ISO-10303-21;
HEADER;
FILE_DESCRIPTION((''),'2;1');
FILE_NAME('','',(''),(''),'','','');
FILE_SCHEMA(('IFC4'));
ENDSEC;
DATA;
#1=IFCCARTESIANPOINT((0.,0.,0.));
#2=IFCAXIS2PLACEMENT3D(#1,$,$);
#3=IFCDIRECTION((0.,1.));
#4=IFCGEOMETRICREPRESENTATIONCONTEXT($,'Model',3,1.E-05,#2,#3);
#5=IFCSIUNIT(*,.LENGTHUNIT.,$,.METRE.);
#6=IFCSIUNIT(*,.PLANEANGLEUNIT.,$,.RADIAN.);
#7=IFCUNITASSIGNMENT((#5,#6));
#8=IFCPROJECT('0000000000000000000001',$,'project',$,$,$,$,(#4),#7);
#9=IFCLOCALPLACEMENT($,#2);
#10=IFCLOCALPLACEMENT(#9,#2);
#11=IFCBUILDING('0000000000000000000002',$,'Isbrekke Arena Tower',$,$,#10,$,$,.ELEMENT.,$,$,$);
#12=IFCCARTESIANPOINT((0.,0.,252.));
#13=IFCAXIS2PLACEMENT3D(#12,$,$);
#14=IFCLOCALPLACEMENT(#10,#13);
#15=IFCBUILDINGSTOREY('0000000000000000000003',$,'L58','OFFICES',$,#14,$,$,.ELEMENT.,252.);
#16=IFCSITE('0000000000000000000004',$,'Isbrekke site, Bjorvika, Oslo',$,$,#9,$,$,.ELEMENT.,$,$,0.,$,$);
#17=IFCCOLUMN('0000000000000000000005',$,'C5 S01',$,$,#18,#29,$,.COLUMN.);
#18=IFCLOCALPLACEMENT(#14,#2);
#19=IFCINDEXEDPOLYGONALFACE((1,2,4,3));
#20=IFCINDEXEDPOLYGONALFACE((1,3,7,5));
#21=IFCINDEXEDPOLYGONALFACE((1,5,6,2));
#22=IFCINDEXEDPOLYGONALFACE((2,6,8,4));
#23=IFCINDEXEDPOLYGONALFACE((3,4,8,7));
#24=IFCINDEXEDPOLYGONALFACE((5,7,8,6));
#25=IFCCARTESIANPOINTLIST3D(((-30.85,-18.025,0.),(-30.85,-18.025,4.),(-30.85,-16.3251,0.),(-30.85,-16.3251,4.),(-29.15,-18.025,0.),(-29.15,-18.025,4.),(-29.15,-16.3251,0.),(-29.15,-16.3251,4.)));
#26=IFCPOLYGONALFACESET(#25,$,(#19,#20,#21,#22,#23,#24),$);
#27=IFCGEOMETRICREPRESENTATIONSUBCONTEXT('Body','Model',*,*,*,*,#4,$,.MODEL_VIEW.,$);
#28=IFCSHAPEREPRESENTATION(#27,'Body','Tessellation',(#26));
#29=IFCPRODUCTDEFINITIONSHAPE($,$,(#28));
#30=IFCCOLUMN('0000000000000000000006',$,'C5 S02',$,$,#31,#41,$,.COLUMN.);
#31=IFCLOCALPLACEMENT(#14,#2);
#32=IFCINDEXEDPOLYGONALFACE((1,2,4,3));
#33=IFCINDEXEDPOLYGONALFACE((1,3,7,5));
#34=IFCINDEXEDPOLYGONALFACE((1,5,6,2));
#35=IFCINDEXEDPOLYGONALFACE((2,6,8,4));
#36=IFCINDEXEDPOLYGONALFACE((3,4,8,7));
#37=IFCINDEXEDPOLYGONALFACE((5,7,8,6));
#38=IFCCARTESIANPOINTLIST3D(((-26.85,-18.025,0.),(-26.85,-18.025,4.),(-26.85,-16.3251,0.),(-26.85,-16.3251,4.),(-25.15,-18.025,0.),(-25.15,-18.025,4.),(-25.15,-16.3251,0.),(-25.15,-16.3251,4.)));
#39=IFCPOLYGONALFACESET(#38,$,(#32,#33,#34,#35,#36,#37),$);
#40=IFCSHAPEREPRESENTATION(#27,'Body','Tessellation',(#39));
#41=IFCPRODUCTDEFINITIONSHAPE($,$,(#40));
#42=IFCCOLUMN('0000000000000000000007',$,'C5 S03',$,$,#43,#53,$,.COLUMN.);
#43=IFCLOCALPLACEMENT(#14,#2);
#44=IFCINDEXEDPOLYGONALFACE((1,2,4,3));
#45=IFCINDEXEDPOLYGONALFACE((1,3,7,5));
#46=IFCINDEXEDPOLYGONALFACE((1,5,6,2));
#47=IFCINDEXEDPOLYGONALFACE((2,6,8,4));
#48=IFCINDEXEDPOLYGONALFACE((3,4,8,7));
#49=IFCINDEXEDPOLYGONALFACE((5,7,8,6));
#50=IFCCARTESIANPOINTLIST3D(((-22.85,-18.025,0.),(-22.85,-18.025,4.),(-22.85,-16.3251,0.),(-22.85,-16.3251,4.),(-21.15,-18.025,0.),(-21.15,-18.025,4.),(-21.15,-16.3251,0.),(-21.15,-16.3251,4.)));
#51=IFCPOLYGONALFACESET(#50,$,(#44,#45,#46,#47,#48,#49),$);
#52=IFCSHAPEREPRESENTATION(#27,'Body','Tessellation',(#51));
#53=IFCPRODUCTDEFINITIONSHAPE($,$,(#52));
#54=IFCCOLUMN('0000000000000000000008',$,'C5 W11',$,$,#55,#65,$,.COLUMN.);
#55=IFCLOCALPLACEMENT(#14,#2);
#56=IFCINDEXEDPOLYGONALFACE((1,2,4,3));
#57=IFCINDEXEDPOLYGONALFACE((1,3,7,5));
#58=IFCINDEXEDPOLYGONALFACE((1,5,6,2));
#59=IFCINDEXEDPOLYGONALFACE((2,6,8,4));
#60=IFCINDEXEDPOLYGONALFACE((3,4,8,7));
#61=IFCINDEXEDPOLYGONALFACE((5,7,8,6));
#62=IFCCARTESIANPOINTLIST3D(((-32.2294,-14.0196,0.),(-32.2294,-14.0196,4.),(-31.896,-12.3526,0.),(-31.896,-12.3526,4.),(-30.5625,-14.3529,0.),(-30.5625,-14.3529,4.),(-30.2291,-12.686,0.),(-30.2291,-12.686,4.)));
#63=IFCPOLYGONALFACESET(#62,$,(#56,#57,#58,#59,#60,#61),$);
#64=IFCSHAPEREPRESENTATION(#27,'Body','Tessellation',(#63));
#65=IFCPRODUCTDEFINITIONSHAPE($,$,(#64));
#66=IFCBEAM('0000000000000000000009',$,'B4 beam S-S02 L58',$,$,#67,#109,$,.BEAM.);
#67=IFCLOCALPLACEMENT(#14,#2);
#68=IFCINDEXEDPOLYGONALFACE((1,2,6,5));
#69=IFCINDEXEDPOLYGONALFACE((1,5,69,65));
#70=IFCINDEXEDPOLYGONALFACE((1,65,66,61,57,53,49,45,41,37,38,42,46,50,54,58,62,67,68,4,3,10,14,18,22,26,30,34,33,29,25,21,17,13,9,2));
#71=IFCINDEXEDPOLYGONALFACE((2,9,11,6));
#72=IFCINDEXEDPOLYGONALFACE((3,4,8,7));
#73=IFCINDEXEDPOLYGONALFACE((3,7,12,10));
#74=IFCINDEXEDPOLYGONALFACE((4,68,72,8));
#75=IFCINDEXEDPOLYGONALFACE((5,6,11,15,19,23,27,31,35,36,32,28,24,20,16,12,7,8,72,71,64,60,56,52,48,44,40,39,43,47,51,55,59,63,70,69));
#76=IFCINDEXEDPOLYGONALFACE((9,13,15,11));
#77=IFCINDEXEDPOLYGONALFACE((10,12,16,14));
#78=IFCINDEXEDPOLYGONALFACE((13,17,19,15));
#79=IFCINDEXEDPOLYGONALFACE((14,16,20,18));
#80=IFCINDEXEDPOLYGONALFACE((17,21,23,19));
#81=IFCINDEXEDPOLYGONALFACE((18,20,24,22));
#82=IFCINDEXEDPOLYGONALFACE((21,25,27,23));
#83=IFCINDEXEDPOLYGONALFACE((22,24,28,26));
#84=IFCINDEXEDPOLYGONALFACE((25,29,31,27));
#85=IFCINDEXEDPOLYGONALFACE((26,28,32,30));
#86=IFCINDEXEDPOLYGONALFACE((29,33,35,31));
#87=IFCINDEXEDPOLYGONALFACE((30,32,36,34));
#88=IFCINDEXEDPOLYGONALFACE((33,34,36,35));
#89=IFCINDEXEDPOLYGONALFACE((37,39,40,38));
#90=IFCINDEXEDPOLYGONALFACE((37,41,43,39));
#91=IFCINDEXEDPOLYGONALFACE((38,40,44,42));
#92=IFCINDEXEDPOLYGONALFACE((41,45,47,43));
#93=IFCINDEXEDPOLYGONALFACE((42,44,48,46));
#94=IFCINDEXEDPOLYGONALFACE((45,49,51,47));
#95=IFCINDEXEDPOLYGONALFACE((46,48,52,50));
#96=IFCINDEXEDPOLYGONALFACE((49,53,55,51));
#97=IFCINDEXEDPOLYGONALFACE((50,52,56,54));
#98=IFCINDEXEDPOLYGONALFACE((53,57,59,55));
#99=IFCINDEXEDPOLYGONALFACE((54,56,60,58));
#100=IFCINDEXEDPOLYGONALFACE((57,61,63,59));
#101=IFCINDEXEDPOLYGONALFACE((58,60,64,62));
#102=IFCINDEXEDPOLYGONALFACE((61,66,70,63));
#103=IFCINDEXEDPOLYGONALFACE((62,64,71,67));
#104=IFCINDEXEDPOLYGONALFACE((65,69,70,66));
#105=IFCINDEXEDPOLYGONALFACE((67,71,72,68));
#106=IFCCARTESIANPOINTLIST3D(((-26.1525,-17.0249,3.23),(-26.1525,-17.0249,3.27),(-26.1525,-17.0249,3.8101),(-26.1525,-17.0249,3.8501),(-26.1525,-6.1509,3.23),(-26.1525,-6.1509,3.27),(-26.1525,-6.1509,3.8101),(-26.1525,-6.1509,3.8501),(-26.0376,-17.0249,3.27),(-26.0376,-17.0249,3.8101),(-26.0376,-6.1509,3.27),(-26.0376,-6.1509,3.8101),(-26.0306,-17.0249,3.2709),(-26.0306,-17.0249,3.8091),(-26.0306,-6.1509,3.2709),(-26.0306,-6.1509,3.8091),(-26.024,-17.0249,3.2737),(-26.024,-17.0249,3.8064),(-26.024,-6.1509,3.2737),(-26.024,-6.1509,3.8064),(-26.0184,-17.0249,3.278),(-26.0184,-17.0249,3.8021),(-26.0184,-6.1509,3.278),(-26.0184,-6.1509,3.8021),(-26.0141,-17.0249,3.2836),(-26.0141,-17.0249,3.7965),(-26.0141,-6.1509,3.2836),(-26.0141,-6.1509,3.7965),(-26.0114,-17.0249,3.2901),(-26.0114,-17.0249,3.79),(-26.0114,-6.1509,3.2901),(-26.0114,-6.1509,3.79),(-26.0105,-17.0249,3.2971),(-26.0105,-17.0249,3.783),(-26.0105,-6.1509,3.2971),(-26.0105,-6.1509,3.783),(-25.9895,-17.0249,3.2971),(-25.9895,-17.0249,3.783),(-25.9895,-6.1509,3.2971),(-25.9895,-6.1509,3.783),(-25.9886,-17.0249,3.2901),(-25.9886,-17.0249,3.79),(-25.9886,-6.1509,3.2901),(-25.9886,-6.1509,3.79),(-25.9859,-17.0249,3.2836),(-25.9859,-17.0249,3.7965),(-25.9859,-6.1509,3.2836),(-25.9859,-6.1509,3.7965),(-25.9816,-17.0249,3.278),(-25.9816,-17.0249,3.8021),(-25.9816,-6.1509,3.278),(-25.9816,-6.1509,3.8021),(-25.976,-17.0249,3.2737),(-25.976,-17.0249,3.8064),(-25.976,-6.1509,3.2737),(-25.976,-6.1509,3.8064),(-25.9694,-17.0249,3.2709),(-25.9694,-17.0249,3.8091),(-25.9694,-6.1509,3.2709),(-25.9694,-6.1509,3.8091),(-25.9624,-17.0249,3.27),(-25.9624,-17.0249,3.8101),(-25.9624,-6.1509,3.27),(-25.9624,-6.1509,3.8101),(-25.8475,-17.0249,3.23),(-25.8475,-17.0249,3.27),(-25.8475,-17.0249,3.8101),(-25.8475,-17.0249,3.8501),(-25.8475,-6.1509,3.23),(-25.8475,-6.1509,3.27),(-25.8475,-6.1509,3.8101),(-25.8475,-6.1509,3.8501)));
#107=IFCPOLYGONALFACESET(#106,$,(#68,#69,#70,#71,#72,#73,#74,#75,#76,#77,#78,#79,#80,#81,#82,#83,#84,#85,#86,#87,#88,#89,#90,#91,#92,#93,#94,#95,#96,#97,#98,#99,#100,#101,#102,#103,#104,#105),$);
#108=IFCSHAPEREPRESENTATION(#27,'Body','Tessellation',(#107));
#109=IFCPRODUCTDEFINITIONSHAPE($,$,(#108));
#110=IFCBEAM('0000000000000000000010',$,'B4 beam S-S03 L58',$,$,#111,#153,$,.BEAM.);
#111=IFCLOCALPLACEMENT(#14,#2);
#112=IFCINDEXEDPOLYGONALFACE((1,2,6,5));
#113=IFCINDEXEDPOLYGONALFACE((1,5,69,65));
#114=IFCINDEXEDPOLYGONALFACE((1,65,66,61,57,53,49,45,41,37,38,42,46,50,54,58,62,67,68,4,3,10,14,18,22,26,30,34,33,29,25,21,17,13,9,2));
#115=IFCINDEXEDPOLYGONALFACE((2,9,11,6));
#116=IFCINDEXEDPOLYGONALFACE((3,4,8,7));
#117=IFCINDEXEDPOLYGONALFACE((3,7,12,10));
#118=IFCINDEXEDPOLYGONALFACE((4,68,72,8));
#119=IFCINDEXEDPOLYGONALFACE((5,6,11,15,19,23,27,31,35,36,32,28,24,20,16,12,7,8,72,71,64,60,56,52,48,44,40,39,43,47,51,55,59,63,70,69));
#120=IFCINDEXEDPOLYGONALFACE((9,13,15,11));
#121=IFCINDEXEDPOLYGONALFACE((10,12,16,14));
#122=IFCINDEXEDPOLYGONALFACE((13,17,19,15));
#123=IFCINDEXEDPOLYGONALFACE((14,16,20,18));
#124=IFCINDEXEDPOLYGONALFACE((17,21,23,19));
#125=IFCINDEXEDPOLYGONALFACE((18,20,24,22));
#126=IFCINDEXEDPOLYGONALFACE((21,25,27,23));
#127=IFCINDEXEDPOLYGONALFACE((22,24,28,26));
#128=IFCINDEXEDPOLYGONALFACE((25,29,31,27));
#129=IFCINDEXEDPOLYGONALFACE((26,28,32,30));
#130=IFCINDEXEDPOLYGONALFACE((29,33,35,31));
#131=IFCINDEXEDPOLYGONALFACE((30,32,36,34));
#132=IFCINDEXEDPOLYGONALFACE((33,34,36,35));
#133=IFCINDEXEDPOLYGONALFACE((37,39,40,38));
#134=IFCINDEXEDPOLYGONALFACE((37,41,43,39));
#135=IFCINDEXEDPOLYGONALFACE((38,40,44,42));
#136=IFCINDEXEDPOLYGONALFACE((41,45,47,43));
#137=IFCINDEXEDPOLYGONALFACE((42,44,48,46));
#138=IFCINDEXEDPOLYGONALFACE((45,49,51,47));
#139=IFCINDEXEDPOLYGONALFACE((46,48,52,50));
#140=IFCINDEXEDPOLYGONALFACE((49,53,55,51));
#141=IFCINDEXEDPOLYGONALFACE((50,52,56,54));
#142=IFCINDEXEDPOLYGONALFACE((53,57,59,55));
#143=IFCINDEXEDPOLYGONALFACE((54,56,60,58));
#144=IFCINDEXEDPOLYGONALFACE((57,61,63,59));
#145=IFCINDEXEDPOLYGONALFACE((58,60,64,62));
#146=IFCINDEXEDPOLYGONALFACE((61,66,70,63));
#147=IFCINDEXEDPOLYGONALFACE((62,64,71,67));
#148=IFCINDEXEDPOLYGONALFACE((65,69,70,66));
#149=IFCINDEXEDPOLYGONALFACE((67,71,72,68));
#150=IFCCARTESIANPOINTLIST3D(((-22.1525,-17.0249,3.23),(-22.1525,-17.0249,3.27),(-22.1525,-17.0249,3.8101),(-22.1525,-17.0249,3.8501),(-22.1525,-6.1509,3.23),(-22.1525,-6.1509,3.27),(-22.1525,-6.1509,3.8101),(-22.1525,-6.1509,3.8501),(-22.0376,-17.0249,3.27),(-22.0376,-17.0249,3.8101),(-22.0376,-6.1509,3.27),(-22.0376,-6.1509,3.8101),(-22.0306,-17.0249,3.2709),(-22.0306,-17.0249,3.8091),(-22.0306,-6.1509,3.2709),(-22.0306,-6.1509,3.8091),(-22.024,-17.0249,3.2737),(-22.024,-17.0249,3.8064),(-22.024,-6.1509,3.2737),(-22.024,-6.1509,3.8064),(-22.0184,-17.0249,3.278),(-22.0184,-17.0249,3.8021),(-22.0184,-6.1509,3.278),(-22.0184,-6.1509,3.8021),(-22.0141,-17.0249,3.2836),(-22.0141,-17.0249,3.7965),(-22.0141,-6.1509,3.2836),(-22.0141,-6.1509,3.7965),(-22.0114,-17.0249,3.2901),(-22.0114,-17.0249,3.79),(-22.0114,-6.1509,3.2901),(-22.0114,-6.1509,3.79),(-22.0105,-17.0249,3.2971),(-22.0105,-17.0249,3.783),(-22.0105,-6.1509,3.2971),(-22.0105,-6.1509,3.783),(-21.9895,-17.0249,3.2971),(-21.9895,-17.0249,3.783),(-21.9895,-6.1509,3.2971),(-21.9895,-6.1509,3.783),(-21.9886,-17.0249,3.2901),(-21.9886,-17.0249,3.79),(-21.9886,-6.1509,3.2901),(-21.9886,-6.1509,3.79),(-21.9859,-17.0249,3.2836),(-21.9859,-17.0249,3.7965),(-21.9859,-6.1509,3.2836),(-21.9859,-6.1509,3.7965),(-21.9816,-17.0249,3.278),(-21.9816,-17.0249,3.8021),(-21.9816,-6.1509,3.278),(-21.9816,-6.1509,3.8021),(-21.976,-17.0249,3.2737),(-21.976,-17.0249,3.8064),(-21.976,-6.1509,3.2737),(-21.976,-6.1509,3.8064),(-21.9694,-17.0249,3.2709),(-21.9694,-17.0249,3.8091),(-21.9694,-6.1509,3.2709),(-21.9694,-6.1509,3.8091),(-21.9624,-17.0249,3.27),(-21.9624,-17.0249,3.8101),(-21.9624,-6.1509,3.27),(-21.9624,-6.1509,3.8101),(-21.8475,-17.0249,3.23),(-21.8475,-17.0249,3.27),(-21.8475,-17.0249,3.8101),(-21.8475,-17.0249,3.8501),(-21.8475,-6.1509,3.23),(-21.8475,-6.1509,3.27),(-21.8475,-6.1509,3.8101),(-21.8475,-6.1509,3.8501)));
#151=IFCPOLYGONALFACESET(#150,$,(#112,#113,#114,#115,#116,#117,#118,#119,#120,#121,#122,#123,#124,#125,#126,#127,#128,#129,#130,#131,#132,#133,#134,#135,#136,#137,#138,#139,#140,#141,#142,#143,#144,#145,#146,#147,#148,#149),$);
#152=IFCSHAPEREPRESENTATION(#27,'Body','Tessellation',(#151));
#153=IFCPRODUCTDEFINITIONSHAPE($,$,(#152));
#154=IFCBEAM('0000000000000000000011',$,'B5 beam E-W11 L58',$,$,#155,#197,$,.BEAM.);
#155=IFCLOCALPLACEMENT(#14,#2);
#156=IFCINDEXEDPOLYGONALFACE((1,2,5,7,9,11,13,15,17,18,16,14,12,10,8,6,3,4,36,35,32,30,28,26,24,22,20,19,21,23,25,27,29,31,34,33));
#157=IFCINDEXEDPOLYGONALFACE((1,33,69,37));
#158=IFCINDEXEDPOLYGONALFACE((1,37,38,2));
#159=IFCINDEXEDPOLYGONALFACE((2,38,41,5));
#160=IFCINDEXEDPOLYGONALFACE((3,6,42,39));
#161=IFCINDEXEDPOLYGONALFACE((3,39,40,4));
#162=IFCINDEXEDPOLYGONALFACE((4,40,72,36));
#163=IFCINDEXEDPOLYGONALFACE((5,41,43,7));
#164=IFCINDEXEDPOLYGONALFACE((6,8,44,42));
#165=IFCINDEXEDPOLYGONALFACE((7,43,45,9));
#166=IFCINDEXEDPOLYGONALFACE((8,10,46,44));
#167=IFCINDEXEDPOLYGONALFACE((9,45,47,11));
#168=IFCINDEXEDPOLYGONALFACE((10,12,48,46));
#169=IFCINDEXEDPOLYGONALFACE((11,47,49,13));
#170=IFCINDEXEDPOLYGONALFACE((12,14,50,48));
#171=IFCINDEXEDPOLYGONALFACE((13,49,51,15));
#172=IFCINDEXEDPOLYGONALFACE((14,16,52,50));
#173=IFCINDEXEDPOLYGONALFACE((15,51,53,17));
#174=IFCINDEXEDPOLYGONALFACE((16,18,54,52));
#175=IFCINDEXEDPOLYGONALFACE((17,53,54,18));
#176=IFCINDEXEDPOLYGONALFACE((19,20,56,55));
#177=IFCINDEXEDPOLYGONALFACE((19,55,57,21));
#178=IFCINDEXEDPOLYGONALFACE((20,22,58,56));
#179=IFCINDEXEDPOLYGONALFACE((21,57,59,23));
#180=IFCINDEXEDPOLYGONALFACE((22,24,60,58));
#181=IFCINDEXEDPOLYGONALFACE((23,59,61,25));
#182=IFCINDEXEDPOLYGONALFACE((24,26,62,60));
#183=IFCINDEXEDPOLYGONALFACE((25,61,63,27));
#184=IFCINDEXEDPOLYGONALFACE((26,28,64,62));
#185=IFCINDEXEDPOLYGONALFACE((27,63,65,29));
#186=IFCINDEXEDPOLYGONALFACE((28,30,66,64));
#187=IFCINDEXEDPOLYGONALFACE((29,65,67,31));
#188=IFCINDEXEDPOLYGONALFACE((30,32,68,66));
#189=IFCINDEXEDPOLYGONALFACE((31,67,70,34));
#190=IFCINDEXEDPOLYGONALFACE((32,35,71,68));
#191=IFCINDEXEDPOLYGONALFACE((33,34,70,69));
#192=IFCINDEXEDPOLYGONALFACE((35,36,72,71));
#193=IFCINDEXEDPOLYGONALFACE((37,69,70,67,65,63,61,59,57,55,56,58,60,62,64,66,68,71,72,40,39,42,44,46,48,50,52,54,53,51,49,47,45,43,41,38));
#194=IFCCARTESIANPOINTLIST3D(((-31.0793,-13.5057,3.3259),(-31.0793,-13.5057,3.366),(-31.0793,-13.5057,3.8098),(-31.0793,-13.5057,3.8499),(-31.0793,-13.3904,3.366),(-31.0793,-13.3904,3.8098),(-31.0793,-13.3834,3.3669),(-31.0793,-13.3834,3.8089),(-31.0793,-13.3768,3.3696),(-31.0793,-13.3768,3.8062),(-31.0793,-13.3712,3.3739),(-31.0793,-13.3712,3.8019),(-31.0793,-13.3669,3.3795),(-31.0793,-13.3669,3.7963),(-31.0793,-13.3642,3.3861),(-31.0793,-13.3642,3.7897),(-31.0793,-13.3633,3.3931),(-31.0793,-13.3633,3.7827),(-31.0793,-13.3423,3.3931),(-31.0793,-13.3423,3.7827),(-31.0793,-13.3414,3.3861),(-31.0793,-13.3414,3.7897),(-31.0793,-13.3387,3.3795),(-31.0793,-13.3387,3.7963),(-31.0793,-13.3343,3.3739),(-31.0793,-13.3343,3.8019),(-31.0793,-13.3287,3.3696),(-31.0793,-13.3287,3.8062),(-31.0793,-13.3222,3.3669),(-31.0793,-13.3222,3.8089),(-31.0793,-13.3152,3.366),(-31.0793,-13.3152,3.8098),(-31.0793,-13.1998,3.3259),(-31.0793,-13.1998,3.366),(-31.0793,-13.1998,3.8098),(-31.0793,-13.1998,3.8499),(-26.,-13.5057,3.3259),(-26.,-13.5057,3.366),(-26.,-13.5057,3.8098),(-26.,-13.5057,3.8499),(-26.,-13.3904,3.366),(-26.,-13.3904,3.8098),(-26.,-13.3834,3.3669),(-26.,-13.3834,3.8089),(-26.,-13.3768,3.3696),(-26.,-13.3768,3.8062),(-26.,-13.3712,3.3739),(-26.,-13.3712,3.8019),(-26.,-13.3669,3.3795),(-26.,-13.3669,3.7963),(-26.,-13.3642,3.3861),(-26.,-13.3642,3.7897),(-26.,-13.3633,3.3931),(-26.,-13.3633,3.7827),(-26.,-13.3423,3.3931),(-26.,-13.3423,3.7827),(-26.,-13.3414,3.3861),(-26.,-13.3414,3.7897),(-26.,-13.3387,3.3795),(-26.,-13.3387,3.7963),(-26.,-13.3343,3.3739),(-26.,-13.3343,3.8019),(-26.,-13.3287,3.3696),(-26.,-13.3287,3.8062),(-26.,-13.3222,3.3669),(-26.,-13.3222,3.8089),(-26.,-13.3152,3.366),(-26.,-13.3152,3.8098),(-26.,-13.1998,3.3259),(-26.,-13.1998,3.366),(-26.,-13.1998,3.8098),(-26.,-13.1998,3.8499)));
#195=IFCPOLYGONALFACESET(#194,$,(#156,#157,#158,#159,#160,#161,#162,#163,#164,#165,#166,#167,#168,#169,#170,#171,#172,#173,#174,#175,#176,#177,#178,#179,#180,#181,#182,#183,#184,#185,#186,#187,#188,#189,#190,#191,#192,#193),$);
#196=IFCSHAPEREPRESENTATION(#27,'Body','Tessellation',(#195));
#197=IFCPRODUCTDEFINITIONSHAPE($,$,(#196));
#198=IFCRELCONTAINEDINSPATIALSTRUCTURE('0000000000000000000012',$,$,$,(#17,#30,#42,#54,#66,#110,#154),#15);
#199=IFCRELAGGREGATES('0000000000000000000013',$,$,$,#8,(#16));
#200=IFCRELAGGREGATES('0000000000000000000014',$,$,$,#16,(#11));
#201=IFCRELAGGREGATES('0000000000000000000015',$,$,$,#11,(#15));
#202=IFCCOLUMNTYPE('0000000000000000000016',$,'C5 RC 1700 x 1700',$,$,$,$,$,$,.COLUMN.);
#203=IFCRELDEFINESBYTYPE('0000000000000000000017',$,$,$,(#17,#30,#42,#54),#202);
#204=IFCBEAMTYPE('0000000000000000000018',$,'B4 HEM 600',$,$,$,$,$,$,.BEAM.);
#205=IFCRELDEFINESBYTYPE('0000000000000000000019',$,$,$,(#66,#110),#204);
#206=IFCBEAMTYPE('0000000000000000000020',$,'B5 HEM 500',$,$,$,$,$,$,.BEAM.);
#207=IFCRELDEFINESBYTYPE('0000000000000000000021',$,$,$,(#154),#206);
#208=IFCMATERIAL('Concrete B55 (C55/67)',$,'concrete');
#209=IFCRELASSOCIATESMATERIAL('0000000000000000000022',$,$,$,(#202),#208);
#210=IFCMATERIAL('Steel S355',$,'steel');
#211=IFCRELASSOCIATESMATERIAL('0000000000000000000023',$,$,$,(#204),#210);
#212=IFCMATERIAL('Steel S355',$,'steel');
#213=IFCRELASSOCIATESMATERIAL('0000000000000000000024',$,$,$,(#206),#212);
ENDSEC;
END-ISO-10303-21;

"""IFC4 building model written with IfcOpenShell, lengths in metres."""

from ifc_helpers import new_model, si_unit, direction, frame, origin, origin_2d, place, context, subcontext, project, spatial, rectangle, i_section, extrude, material, material_profile, profile_set, type_object, element, save


model = new_model("IFC4")

# Units and contexts
model_context = context("Model", 3, precision=1e-05, world=origin(), true_north=direction((0.0, 1.0)))
body_context = subcontext(model_context, "Body", "Model", "MODEL_VIEW")
ifc_project = project(units=[si_unit("LENGTHUNIT", "METRE"), si_unit("PLANEANGLEUNIT", "RADIAN")], contexts=[model_context])

# Site, building, storey
site_placement = place(None, origin())
site = spatial("IfcSite", under=ifc_project, at=site_placement, Name="Isbrekke site, Bjorvika, Oslo", CompositionType="ELEMENT", RefElevation=0.0)
building_placement = place(site_placement, origin())
building = spatial("IfcBuilding", under=site, at=building_placement, Name="Isbrekke Arena Tower", CompositionType="ELEMENT")
storey_placement = place(building_placement, frame((0.0, 0.0, 252.0)))
storey = spatial("IfcBuildingStorey", under=building, at=storey_placement, Name="L58", Description="OFFICES", CompositionType="ELEMENT", Elevation=252.0)

# Columns
ifc_material_1 = material(Name="Concrete B55 (C55/67)", Category="concrete")
ifc_material_profile_1 = material_profile(ifc_material_1, rectangle(XDim=1.7, YDim=1.7, at=origin_2d()), Name="RC 1700x1700")
ifc_profile_set_1 = profile_set([ifc_material_profile_1], Name="Concrete B55 (C55/67)")
column_type = type_object("IfcColumnType", Name="C5 RC 1700 x 1700", PredefinedType="COLUMN", material=ifc_profile_set_1)
for number, where, z_axis, x_axis, name in (
    (1, (-30.0, -17.175, 0.0), (0.0, 0.0, 1.0), (1.0, 0.0, 0.0), "C5 S01"),
    (2, (-26.0, -17.175, 0.0), (0.0, 0.0, 1.0), (1.0, 0.0, 0.0), "C5 S02"),
    (3, (-22.0, -17.175, 0.0), (0.0, 0.0, 1.0), (1.0, 0.0, 0.0), "C5 S03"),
    (4, (-31.2292, -13.3528, 0.0), (0.0, 0.0, 1.0), (-0.196116, -0.980581, 0.0), "C5 W11"),
):
    element("IfcColumn", number, at=place(storey_placement, frame(where, z_axis=z_axis, x_axis=x_axis)), inside=storey, type_object=column_type, Name=name, PredefinedType="COLUMN", context=body_context, shape_type="SweptSolid", body=[
        extrude(rectangle(XDim=1.7, YDim=1.7, at=origin_2d()), origin(), (0.0, 0.0, 1.0), 4.0),
    ])

# Beams
ifc_material_2 = material(Name="Steel S355", Category="steel")
ifc_material_profile_2 = material_profile(ifc_material_2, i_section(OverallWidth=0.3049, OverallDepth=0.6201, WebThickness=0.021, FlangeThickness=0.04, FilletRadius=0.0271, at=origin_2d()), Name="HEM 600")
ifc_profile_set_2 = profile_set([ifc_material_profile_2], Name="Steel S355")
beam_type_1 = type_object("IfcBeamType", Name="B4 HEM 600", PredefinedType="BEAM", material=ifc_profile_set_2)
for number, where, z_axis, x_axis, name in (
    (5, (-26.0, -17.0249, 3.54), (0.0, 1.0, 0.0), (-1.0, 0.0, 0.0), "B4 beam S-S02 L58"),
    (6, (-22.0, -17.0249, 3.54), (0.0, 1.0, 0.0), (-1.0, 0.0, 0.0), "B4 beam S-S03 L58"),
):
    element("IfcBeam", number, at=place(storey_placement, frame(where, z_axis=z_axis, x_axis=x_axis)), inside=storey, type_object=beam_type_1, Name=name, PredefinedType="BEAM", context=body_context, shape_type="SweptSolid", body=[
        extrude(i_section(OverallWidth=0.3049, OverallDepth=0.6201, WebThickness=0.021, FlangeThickness=0.04, FilletRadius=0.0271, at=origin_2d()), origin(), (0.0, 0.0, 1.0), 10.874),
    ])
ifc_material_3 = material(Name="Steel S355", Category="steel")
ifc_material_profile_3 = material_profile(ifc_material_3, i_section(OverallWidth=0.3059, OverallDepth=0.5239, WebThickness=0.021, FlangeThickness=0.04, FilletRadius=0.0271, at=origin_2d()), Name="HEM 500")
ifc_profile_set_3 = profile_set([ifc_material_profile_3], Name="Steel S355")
beam_type_2 = type_object("IfcBeamType", Name="B5 HEM 500", PredefinedType="BEAM", material=ifc_profile_set_3)
beam_1_placement = place(storey_placement, frame((-31.0793, -13.3528, 3.5879), z_axis=(1.0, 0.0, 0.0), x_axis=(0.0, 1.0, 0.0)))
element("IfcBeam", 7, at=beam_1_placement, inside=storey, type_object=beam_type_2, Name="B5 beam E-W11 L58", PredefinedType="BEAM", context=body_context, shape_type="SweptSolid", body=[
    extrude(i_section(OverallWidth=0.3059, OverallDepth=0.5239, WebThickness=0.021, FlangeThickness=0.04, FilletRadius=0.0271, at=origin_2d()), origin(), (0.0, 0.0, 1.0), 5.0793),
])

save(model, "model.ifc")
